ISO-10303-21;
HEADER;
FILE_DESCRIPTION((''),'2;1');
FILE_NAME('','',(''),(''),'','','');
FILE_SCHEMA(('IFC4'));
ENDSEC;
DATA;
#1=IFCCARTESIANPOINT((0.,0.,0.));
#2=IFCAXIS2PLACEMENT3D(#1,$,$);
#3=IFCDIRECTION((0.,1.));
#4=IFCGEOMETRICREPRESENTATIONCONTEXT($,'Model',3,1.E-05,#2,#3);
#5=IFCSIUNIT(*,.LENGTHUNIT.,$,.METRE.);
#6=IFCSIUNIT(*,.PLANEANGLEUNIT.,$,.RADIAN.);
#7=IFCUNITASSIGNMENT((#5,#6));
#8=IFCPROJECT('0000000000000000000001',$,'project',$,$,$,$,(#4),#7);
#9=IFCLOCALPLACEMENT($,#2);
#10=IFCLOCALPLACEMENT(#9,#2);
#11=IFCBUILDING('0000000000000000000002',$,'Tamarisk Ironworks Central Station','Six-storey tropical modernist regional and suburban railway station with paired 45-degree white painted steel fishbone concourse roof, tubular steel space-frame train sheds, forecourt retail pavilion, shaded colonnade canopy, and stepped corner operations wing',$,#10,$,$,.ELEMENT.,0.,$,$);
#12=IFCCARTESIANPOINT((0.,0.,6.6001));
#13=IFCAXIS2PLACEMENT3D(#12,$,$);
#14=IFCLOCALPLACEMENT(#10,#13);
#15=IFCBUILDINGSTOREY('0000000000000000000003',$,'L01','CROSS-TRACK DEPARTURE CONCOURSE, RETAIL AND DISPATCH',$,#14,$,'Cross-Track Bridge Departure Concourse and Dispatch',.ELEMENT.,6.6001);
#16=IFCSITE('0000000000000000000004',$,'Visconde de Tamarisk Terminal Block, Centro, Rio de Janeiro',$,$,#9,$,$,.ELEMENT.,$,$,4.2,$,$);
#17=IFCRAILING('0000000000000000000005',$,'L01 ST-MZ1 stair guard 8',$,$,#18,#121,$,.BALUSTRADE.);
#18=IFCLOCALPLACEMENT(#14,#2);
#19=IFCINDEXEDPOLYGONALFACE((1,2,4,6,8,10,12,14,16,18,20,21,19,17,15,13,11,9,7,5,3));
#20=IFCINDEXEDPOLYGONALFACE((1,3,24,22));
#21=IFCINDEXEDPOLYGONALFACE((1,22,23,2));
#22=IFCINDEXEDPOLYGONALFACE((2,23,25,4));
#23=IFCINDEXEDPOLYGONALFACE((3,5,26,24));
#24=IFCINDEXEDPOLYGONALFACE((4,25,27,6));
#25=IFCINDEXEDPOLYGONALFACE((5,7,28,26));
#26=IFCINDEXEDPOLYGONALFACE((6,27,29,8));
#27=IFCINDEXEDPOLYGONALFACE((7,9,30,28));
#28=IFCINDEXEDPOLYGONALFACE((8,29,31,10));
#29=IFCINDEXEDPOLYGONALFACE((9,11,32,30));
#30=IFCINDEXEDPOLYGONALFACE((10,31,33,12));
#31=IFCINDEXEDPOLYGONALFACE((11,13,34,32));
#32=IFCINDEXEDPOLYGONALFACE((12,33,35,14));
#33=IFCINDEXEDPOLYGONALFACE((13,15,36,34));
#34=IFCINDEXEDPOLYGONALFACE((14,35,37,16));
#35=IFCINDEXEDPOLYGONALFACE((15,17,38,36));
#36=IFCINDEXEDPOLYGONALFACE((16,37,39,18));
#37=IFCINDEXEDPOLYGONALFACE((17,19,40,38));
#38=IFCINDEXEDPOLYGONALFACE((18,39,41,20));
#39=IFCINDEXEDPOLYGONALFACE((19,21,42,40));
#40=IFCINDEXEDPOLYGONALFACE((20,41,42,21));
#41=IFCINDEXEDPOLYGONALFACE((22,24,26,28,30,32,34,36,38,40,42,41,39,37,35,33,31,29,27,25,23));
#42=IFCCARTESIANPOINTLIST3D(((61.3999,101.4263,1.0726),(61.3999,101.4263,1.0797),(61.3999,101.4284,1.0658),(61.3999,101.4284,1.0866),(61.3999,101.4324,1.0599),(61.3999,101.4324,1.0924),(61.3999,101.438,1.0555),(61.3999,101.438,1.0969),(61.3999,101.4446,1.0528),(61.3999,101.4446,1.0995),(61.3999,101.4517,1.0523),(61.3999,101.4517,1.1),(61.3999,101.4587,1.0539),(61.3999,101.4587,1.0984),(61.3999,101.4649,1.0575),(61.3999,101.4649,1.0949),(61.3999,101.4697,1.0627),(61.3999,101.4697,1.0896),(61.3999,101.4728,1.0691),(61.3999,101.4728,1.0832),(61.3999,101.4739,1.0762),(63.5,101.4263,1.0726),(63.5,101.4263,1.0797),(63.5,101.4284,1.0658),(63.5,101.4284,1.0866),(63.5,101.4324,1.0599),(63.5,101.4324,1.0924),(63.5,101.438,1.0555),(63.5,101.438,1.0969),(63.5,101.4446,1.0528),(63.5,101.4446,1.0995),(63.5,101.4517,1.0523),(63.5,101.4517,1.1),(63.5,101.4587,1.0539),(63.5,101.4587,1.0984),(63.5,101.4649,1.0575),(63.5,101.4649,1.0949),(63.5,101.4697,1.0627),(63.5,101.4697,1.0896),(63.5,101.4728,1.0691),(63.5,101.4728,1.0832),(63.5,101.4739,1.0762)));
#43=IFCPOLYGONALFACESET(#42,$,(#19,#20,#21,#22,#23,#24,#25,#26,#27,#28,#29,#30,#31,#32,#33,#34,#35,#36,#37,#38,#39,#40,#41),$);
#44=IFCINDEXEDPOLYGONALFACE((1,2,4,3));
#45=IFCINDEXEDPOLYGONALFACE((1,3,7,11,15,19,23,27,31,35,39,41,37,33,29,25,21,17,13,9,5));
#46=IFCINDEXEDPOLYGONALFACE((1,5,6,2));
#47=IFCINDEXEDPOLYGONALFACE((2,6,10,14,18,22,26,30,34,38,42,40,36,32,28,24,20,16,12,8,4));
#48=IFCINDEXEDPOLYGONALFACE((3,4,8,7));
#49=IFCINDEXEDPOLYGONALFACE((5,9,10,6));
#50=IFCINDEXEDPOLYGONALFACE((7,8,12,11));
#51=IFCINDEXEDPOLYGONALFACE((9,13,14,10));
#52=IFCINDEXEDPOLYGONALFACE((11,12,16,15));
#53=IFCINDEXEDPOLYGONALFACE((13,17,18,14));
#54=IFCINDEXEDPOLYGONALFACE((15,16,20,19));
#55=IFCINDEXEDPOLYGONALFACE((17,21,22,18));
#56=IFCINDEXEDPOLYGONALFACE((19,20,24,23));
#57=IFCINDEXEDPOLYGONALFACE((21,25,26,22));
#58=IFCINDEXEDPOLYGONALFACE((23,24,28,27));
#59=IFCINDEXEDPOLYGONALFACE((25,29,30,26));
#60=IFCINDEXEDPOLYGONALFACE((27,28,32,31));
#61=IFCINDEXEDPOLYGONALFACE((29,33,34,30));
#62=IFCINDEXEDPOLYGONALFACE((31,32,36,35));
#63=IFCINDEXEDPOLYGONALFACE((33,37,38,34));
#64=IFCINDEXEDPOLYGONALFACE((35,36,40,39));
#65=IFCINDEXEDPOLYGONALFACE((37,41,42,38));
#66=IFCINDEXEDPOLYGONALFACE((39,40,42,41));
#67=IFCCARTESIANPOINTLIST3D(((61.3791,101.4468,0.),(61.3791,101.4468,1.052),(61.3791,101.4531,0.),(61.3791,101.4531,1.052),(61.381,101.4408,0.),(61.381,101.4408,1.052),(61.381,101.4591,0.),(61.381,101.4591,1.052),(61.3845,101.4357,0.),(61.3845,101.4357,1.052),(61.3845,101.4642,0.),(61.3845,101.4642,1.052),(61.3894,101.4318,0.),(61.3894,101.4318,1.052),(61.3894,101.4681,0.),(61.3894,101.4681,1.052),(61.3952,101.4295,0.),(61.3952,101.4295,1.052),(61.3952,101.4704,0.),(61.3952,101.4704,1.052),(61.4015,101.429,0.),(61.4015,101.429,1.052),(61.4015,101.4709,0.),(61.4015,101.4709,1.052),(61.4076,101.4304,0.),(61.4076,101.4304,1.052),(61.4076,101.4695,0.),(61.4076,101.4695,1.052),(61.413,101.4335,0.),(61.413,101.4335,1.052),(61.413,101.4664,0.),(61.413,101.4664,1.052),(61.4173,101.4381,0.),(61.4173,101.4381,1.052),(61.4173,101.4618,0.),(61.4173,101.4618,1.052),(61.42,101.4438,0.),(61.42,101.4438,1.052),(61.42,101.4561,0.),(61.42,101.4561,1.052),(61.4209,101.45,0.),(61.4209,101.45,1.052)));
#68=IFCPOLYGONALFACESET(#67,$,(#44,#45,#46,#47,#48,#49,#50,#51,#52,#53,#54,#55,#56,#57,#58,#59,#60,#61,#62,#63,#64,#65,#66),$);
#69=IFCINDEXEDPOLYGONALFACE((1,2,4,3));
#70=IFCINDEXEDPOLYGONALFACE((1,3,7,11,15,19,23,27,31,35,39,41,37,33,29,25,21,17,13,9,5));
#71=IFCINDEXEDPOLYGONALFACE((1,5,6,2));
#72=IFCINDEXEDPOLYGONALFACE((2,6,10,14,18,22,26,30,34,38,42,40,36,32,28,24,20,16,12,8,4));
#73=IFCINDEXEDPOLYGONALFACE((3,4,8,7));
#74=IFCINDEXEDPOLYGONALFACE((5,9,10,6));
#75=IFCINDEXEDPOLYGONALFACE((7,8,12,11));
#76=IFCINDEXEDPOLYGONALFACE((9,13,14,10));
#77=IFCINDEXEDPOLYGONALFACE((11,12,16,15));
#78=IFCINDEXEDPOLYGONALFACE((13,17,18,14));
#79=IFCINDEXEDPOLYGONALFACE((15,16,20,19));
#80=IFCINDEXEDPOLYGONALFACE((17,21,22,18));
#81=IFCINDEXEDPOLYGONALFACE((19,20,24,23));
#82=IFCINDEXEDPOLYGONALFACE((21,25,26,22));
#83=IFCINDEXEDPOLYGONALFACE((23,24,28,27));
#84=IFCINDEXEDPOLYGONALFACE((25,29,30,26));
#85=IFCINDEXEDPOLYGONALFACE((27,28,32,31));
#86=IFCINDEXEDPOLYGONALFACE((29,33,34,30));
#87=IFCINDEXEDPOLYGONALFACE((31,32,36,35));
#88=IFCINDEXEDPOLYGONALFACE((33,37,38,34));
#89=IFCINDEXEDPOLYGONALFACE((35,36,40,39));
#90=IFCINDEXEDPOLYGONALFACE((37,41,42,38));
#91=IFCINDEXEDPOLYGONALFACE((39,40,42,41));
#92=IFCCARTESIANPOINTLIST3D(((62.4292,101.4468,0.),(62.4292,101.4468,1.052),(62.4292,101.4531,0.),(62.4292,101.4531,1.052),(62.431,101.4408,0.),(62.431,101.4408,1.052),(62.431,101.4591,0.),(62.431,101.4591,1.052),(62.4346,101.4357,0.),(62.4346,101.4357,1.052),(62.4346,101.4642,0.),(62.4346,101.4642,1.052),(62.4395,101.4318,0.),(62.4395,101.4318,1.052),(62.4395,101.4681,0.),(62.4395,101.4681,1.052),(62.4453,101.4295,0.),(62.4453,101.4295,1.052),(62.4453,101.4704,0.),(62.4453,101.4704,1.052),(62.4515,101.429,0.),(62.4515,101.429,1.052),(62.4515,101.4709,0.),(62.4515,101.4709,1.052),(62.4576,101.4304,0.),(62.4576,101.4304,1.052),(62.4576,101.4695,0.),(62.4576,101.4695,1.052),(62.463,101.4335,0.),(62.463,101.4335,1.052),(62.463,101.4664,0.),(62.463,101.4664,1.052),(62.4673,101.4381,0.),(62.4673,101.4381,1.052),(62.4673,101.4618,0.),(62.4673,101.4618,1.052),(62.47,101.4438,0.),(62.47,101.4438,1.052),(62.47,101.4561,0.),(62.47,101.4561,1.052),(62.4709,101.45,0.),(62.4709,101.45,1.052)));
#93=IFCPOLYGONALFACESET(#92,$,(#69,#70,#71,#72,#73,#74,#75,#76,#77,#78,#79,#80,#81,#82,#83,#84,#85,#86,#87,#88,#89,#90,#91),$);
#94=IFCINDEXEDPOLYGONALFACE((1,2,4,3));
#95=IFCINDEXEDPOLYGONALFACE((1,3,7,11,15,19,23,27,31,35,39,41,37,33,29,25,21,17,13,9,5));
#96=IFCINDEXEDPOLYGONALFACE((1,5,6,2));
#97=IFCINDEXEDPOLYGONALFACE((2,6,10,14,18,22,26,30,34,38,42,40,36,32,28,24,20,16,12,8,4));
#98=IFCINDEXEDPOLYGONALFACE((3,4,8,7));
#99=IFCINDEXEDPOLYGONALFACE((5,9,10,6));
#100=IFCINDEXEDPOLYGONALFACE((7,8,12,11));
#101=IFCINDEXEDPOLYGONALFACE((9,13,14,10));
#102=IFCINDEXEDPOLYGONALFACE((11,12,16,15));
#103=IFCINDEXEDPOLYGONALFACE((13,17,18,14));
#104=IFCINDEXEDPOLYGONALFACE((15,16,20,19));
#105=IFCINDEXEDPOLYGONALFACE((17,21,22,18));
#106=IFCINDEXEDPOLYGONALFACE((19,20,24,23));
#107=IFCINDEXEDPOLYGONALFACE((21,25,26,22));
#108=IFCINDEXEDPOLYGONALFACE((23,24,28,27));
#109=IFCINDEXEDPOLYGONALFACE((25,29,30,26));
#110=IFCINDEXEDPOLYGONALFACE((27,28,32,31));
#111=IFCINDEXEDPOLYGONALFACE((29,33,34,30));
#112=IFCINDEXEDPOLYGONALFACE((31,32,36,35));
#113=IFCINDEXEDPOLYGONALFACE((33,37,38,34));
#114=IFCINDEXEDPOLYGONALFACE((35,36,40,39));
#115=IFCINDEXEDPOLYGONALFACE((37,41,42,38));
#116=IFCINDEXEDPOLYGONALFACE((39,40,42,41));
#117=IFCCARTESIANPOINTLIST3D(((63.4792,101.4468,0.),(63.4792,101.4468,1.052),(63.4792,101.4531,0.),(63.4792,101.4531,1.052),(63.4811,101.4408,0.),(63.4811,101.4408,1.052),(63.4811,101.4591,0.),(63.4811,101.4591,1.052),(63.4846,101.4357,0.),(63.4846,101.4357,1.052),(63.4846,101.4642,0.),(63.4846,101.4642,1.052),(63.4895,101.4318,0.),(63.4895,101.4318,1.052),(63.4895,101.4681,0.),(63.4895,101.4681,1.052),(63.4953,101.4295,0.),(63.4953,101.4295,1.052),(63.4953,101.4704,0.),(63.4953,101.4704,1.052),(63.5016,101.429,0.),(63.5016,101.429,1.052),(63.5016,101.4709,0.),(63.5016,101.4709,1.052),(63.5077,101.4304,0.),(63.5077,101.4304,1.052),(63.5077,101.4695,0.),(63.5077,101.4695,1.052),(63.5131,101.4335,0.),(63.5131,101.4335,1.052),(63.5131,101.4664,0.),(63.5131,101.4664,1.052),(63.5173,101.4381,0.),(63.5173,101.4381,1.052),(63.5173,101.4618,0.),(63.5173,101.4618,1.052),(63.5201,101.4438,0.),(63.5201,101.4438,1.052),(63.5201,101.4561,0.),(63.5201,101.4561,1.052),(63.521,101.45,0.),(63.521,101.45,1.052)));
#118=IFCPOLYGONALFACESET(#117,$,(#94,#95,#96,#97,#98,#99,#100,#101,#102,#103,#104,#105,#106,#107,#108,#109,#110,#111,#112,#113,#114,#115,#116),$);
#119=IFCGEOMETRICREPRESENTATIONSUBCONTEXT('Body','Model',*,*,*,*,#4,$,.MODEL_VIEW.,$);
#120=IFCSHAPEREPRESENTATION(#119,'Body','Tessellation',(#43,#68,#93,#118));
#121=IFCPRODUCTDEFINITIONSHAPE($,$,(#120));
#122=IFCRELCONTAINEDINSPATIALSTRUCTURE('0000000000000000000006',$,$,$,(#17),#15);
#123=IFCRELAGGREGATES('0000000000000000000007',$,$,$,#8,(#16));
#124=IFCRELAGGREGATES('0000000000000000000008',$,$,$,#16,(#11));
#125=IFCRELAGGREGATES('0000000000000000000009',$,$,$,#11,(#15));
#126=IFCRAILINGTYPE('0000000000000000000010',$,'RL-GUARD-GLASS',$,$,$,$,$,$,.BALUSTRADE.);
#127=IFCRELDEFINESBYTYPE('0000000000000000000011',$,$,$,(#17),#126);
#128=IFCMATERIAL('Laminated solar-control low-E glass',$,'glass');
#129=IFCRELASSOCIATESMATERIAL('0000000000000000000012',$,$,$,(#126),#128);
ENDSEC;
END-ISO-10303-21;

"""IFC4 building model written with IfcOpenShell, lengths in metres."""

from ifc_helpers import new_model, si_unit, direction, frame, origin, origin_2d, place, context, subcontext, project, spatial, circle, extrude, material, type_object, element, save


model = new_model("IFC4")

# Units and contexts
model_context = context("Model", 3, precision=1e-05, world=origin(), true_north=direction((0.0, 1.0)))
body_context = subcontext(model_context, "Body", "Model", "MODEL_VIEW")
ifc_project = project(units=[si_unit("LENGTHUNIT", "METRE"), si_unit("PLANEANGLEUNIT", "RADIAN")], contexts=[model_context])

# Site, building, storey
site_placement = place(None, origin())
site = spatial("IfcSite", under=ifc_project, at=site_placement, Name="Visconde de Tamarisk Terminal Block, Centro, Rio de Janeiro", CompositionType="ELEMENT", RefElevation=4.2)
building_placement = place(site_placement, origin())
building = spatial("IfcBuilding", under=site, at=building_placement, Name="Tamarisk Ironworks Central Station", Description="Six-storey tropical modernist regional and suburban railway station with paired 45-degree white painted steel fishbone concourse roof, tubular steel space-frame train sheds, forecourt retail pavilion, shaded colonnade canopy, and stepped corner operations wing", CompositionType="ELEMENT", ElevationOfRefHeight=0.0)
storey_placement = place(building_placement, frame((0.0, 0.0, 6.6001)))
storey = spatial("IfcBuildingStorey", under=building, at=storey_placement, Name="L01", Description="CROSS-TRACK DEPARTURE CONCOURSE, RETAIL AND DISPATCH", LongName="Cross-Track Bridge Departure Concourse and Dispatch", CompositionType="ELEMENT", Elevation=6.6001)

# Railing
ifc_material_1 = material(Name="Laminated solar-control low-E glass", Category="glass")
railing_type_1 = type_object("IfcRailingType", Name="RL-GUARD-GLASS", PredefinedType="BALUSTRADE", material=ifc_material_1)
railing_1_placement = place(storey_placement, frame((61.3999, 101.45, 0.0)))
element("IfcRailing", 1, at=railing_1_placement, inside=storey, type_object=railing_type_1, Name="L01 ST-MZ1 stair guard 8", PredefinedType="BALUSTRADE", context=body_context, shape_type="SweptSolid", body=[
    extrude(circle(Radius=0.0239, at=origin_2d()), frame((0.0, 0.0, 1.0762), z_axis=(1.0, 0.0, 0.0), x_axis=(0.0, 1.0, 0.0)), (0.0, 0.0, 1.0), 2.1001),
    extrude(circle(Radius=0.021, at=origin_2d()), origin(), (0.0, 0.0, 1.0), 1.052),
    extrude(circle(Radius=0.021, at=origin_2d()), frame((1.05, 0.0, 0.0)), (0.0, 0.0, 1.0), 1.052),
    extrude(circle(Radius=0.021, at=origin_2d()), frame((2.1001, 0.0, 0.0)), (0.0, 0.0, 1.0), 1.052),
])

save(model, "model.ifc")
